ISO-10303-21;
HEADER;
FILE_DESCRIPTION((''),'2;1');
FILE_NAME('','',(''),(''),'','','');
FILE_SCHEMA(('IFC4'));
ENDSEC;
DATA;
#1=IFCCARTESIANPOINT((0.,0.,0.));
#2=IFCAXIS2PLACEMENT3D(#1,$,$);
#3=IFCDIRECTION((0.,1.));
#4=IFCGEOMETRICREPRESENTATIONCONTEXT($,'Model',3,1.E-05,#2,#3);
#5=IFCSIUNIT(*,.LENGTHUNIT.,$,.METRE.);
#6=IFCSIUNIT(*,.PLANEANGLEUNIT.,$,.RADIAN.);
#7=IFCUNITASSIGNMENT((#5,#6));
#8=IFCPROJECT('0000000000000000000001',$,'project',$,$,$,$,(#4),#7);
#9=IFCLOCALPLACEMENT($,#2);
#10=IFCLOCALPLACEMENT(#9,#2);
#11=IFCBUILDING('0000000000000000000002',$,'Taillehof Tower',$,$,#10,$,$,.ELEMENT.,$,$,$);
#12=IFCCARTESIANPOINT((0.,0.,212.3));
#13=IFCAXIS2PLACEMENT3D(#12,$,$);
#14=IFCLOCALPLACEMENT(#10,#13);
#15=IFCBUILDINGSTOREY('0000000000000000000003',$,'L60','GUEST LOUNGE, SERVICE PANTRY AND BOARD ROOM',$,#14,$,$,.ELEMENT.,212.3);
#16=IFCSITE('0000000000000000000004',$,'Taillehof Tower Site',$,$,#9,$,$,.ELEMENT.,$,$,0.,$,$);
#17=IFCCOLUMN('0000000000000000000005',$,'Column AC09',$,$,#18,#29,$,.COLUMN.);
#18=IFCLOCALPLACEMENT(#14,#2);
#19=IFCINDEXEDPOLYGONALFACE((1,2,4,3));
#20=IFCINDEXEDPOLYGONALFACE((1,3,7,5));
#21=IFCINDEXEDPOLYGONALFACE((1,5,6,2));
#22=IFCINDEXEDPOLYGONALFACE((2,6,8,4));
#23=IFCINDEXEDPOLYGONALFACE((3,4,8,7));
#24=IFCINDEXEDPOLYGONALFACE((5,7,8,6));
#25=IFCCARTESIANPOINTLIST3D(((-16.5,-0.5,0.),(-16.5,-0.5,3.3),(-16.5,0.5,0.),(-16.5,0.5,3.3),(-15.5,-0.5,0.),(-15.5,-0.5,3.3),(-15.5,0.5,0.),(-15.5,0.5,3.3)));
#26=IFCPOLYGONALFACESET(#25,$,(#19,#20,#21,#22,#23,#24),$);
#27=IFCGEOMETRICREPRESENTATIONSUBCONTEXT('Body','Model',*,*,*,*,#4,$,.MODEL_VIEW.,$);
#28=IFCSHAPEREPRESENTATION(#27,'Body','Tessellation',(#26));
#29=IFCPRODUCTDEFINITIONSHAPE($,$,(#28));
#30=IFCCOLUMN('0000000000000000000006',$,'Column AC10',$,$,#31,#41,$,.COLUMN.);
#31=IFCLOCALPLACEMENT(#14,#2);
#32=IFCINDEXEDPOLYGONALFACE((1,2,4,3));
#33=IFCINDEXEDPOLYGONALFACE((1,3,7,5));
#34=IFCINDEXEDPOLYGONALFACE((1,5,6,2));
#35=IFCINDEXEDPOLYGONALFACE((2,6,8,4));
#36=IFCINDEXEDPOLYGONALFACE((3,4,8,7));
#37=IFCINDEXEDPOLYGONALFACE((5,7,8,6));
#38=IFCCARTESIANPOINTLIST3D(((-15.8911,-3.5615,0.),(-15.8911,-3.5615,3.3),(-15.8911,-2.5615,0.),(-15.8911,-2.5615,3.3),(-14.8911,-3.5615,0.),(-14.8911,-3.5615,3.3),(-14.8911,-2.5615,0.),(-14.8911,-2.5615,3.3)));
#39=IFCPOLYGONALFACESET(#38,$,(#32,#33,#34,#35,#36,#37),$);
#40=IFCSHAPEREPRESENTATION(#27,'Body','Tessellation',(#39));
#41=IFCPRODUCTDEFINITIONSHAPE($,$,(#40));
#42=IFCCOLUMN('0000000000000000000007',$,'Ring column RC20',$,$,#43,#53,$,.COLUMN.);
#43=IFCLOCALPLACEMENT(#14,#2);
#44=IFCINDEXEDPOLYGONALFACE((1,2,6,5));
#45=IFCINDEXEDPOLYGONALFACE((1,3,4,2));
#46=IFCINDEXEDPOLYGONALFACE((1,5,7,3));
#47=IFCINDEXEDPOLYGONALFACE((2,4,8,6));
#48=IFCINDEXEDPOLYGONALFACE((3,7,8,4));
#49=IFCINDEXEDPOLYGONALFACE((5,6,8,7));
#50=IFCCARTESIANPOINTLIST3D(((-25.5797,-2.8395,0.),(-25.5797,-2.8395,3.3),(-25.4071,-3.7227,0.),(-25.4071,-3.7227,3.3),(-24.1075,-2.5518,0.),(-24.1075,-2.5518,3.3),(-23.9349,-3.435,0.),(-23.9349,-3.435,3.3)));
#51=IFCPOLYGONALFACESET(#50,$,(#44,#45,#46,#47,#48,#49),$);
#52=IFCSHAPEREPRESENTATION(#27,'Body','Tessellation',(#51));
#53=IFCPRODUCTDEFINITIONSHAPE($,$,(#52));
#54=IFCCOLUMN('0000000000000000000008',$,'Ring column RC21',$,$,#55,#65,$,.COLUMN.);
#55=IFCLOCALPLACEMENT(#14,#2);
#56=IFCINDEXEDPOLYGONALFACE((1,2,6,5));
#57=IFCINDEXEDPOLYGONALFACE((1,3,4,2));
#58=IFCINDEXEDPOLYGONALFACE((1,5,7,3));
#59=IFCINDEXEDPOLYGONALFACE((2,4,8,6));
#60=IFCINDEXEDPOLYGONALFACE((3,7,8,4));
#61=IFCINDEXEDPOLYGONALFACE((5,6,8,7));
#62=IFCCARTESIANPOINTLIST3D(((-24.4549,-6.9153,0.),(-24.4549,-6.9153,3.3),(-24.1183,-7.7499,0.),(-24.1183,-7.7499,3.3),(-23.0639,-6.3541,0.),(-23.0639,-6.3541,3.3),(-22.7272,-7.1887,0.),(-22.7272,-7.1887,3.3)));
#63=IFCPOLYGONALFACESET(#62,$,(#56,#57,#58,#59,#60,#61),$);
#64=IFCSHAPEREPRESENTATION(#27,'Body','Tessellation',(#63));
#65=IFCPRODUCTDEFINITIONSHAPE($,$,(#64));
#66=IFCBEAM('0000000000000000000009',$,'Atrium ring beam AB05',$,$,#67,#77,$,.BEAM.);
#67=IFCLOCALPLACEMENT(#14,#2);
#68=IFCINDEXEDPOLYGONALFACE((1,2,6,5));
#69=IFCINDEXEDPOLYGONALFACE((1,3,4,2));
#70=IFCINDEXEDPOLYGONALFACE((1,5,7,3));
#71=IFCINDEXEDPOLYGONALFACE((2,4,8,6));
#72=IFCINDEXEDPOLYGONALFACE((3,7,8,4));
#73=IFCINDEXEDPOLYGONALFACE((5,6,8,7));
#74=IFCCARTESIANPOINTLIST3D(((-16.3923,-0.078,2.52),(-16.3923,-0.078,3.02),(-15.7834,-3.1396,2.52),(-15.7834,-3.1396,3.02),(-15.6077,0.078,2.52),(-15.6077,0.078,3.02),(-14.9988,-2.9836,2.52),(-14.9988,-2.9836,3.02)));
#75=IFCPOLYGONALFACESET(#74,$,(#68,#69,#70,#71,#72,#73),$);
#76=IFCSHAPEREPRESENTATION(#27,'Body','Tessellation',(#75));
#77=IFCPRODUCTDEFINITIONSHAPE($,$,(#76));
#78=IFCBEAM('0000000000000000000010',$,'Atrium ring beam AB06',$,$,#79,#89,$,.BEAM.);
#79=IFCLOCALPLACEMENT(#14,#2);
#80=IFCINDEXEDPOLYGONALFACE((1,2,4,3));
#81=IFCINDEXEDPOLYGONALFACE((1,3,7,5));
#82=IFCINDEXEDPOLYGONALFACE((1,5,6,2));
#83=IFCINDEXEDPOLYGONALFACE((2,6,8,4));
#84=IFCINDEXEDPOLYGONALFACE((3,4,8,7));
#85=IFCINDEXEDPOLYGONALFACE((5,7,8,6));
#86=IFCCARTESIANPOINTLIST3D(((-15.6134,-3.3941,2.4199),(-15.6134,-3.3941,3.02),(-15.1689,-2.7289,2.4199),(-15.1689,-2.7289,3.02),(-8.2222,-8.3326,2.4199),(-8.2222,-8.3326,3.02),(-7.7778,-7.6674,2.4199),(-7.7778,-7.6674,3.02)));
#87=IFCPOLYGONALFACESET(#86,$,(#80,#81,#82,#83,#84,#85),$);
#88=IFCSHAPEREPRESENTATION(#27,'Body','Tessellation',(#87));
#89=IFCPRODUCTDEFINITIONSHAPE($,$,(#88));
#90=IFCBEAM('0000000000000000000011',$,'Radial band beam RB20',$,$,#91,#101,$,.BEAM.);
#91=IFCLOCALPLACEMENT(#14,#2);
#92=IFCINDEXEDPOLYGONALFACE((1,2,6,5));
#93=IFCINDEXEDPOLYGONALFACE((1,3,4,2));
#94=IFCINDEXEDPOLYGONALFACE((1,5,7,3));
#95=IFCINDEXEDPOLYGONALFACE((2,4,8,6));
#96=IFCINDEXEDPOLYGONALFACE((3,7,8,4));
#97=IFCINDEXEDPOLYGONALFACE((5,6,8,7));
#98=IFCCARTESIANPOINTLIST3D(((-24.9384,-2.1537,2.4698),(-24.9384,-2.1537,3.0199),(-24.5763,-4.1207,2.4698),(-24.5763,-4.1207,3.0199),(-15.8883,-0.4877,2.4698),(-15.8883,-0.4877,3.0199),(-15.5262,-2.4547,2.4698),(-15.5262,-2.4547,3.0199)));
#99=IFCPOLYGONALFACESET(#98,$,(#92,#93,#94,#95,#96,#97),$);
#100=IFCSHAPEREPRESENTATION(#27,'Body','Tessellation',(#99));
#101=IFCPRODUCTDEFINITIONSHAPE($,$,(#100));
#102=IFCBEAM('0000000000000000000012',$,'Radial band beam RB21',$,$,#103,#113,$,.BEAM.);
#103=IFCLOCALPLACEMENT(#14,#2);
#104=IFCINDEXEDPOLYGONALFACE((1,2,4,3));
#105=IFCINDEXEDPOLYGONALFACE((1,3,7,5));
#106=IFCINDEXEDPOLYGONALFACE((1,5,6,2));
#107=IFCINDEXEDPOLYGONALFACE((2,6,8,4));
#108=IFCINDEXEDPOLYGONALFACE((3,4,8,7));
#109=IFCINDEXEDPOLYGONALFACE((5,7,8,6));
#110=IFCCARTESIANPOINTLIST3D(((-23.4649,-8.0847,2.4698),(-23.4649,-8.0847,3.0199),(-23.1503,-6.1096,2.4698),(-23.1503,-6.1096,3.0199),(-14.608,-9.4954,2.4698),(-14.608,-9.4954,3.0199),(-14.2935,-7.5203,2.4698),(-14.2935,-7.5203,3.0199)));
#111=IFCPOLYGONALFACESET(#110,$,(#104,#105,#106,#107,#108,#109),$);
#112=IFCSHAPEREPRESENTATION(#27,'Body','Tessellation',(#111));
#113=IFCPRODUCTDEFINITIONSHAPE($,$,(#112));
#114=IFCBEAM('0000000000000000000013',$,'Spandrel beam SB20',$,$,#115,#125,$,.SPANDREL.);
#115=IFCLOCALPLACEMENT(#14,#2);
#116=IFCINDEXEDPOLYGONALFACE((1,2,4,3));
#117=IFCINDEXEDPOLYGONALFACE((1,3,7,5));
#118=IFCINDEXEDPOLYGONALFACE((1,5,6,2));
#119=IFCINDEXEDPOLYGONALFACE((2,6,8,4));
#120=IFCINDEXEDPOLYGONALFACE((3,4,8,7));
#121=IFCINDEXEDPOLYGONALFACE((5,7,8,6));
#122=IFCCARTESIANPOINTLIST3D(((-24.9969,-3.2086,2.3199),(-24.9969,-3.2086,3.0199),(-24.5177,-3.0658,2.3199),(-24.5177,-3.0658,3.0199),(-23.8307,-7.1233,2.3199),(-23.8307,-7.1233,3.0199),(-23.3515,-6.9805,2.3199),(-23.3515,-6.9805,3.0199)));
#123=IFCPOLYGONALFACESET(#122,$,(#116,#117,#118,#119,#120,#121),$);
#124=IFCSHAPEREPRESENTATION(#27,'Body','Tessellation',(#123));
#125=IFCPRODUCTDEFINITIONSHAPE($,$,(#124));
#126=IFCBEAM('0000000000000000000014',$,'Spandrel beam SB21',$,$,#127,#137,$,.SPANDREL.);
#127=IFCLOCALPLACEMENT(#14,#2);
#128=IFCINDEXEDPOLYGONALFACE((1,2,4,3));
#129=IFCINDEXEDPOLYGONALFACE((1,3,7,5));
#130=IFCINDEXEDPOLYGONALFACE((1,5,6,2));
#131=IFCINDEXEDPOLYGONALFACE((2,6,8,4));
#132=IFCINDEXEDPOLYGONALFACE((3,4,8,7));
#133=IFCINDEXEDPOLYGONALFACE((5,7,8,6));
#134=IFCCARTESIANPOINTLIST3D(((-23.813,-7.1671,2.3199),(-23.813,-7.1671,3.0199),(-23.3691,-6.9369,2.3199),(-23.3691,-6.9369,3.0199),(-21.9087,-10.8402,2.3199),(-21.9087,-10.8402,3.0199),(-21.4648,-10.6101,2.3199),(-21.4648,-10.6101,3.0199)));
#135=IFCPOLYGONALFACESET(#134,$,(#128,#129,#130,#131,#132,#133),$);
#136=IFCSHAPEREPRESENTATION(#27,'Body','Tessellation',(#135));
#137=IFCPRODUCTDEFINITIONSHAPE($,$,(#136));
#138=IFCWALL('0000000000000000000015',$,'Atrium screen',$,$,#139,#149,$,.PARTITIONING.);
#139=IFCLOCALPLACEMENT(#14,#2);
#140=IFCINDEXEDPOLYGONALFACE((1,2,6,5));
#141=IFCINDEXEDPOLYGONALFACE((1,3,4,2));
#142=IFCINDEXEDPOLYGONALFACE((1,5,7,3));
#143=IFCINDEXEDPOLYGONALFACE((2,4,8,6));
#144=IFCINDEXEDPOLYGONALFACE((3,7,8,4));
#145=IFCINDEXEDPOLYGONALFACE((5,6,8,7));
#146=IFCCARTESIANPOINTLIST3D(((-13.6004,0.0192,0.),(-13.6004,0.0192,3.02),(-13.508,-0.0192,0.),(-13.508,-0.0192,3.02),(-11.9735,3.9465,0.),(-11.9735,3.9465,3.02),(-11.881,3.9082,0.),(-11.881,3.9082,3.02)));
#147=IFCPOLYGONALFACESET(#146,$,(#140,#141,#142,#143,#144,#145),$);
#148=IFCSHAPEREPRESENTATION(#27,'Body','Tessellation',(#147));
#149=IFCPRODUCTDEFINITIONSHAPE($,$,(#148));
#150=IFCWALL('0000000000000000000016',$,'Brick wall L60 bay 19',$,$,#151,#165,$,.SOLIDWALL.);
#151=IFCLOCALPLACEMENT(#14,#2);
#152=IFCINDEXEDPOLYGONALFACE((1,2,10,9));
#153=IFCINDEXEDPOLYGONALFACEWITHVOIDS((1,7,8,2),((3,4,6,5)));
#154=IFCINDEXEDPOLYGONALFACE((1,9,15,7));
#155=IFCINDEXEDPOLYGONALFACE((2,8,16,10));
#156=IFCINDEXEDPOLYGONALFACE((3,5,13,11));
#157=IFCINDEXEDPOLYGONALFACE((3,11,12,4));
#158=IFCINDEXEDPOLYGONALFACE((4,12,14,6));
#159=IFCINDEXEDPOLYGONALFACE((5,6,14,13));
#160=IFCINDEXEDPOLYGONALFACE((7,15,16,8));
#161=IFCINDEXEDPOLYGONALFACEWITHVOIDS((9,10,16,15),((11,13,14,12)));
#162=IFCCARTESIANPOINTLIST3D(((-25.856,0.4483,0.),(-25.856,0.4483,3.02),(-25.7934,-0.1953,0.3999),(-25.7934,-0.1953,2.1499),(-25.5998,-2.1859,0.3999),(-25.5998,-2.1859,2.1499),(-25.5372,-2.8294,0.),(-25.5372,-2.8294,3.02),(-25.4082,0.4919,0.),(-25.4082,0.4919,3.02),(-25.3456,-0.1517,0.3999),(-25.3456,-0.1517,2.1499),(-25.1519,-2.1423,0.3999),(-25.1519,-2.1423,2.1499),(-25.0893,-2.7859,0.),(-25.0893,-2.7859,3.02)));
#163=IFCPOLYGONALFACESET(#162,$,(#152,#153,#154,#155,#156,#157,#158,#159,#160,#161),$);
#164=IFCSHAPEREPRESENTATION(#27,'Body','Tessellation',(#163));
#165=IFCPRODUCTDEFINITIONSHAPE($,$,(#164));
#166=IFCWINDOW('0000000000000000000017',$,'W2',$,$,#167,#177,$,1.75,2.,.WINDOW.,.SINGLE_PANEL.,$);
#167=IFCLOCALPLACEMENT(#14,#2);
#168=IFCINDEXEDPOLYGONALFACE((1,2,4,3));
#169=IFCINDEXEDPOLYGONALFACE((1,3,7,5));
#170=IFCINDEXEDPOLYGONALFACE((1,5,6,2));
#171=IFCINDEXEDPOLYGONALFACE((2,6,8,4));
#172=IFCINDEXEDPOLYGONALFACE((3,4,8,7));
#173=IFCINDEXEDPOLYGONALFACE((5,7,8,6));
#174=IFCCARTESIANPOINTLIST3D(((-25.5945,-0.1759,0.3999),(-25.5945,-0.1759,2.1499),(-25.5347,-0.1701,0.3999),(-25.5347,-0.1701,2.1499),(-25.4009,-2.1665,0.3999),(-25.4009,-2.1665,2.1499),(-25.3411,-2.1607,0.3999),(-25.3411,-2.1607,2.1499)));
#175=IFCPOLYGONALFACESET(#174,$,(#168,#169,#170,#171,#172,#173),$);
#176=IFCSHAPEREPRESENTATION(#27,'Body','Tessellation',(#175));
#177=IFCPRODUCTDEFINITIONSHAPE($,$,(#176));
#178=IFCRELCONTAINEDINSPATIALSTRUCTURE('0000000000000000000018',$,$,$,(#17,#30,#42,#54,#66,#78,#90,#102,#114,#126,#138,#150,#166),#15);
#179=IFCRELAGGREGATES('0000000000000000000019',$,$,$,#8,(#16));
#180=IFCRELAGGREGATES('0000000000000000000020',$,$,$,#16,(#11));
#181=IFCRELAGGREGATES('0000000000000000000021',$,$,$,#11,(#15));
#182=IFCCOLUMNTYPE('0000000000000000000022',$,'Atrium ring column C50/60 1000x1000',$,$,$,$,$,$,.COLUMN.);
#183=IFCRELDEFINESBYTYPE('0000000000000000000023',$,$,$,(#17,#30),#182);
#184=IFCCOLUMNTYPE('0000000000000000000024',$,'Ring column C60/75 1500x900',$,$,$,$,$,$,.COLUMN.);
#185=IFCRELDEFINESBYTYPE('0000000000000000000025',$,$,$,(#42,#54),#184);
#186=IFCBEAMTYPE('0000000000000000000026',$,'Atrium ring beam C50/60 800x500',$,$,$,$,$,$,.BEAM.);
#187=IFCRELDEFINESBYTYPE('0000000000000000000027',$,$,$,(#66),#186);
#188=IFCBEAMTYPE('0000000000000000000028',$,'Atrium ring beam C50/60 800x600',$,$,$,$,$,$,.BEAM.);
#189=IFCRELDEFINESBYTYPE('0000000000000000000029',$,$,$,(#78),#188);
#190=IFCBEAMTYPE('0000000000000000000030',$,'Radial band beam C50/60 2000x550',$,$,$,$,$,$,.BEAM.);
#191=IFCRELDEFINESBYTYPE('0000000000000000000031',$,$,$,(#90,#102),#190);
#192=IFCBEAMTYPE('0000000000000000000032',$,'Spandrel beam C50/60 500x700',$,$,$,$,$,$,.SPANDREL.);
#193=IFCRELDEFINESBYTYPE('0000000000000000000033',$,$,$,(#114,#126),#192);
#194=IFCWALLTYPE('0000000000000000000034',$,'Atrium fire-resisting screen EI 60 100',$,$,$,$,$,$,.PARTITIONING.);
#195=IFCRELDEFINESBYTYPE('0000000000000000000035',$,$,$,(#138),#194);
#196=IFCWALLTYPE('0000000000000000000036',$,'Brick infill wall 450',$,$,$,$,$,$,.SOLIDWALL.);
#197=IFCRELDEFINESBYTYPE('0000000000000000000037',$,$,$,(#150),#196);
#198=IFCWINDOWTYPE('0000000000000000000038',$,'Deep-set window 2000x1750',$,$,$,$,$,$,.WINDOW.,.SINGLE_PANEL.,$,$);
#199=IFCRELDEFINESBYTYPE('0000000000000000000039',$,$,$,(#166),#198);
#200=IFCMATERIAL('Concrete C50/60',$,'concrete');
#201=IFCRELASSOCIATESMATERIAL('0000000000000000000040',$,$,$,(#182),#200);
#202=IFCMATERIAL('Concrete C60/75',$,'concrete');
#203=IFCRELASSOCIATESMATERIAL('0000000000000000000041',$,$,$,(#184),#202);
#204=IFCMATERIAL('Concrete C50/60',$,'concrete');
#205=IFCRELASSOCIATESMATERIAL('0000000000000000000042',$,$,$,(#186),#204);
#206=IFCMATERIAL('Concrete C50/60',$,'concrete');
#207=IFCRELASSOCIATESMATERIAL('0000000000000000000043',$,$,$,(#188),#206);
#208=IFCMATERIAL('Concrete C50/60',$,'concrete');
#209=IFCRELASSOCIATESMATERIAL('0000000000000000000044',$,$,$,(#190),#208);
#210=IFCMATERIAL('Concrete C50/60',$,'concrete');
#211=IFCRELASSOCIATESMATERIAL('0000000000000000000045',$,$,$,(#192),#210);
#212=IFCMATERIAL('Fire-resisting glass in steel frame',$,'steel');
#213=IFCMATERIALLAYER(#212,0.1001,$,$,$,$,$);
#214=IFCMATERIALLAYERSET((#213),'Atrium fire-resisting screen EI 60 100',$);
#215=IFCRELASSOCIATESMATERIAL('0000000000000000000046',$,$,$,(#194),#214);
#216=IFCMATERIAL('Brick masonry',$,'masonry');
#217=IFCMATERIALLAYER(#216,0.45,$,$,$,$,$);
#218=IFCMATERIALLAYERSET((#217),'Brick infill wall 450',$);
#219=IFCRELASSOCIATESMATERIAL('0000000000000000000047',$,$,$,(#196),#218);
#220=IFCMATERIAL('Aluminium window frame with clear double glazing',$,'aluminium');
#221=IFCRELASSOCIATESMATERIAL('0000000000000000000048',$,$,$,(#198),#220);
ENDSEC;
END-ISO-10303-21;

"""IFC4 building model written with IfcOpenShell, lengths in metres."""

from ifc_helpers import new_model, si_unit, direction, frame, frame_2d, origin, origin_2d, place, context, subcontext, project, spatial, rectangle, extrude, material, layer, layer_set, material_profile, profile_set, type_object, element, fill, save


model = new_model("IFC4")

# Units and contexts
model_context = context("Model", 3, precision=1e-05, world=origin(), true_north=direction((0.0, 1.0)))
body_context = subcontext(model_context, "Body", "Model", "MODEL_VIEW")
ifc_project = project(units=[si_unit("LENGTHUNIT", "METRE"), si_unit("PLANEANGLEUNIT", "RADIAN")], contexts=[model_context])

# Site, building, storey
site_placement = place(None, origin())
site = spatial("IfcSite", under=ifc_project, at=site_placement, Name="Taillehof Tower Site", CompositionType="ELEMENT", RefElevation=0.0)
building_placement = place(site_placement, origin())
building = spatial("IfcBuilding", under=site, at=building_placement, Name="Taillehof Tower", CompositionType="ELEMENT")
storey_placement = place(building_placement, frame((0.0, 0.0, 212.3)))
storey = spatial("IfcBuildingStorey", under=building, at=storey_placement, Name="L60", Description="GUEST LOUNGE, SERVICE PANTRY AND BOARD ROOM", CompositionType="ELEMENT", Elevation=212.3)

# Columns
ifc_material_1 = material(Name="Concrete C50/60", Category="concrete")
ifc_material_profile_1 = material_profile(ifc_material_1, rectangle(XDim=1.0, YDim=1.0, at=origin_2d()), Name="RC 1000x1000")
ifc_profile_set_1 = profile_set([ifc_material_profile_1], Name="Concrete C50/60")
column_type_1 = type_object("IfcColumnType", Name="Atrium ring column C50/60 1000x1000", PredefinedType="COLUMN", material=ifc_profile_set_1)
for number, where, z_axis, x_axis, name in (
    (1, (-16.0, 0.0, 0.0), (0.0, 0.0, 1.0), (1.0, 0.0, 0.0), "Column AC09"),
    (2, (-15.3911, -3.0615, 0.0), (0.0, 0.0, 1.0), (1.0, 0.0, 0.0), "Column AC10"),
):
    element("IfcColumn", number, at=place(storey_placement, frame(where, z_axis=z_axis, x_axis=x_axis)), inside=storey, type_object=column_type_1, Name=name, PredefinedType="COLUMN", context=body_context, shape_type="SweptSolid", body=[
        extrude(rectangle(XDim=1.0, YDim=1.0, at=origin_2d()), origin(), (0.0, 0.0, 1.0), 3.3),
    ])
ifc_material_2 = material(Name="Concrete C60/75", Category="concrete")
ifc_material_profile_2 = material_profile(ifc_material_2, rectangle(XDim=1.5, YDim=0.8999, at=origin_2d()), Name="RC 1500x900")
ifc_profile_set_2 = profile_set([ifc_material_profile_2], Name="Concrete C60/75")
column_type_2 = type_object("IfcColumnType", Name="Ring column C60/75 1500x900", PredefinedType="COLUMN", material=ifc_profile_set_2)
for number, where, z_axis, x_axis, name in (
    (3, (-24.7573, -3.1372, 0.0), (0.0, 0.0, 1.0), (-0.981434, -0.191801, 0.0), "Ring column RC20"),
    (4, (-23.5911, -7.052, 0.0), (0.0, 0.0, 1.0), (-0.927385, -0.374108, 0.0), "Ring column RC21"),
):
    element("IfcColumn", number, at=place(storey_placement, frame(where, z_axis=z_axis, x_axis=x_axis)), inside=storey, type_object=column_type_2, Name=name, PredefinedType="COLUMN", context=body_context, shape_type="SweptSolid", body=[
        extrude(rectangle(XDim=1.5, YDim=0.8999, at=origin_2d()), origin(), (0.0, 0.0, 1.0), 3.3),
    ])

# Beams
ifc_material_3 = material(Name="Concrete C50/60", Category="concrete")
ifc_material_profile_3 = material_profile(ifc_material_3, rectangle(XDim=0.8, YDim=0.5, at=origin_2d()), Name="RC 800x500")
ifc_profile_set_3 = profile_set([ifc_material_profile_3], Name="Concrete C50/60")
beam_type_1 = type_object("IfcBeamType", Name="Atrium ring beam C50/60 800x500", PredefinedType="BEAM", material=ifc_profile_set_3)
beam_1_placement = place(storey_placement, frame((-16.0, 0.0, 2.77), z_axis=(0.195063, -0.980791, 0.0), x_axis=(0.980791, 0.195063, 0.0)))
element("IfcBeam", 5, at=beam_1_placement, inside=storey, type_object=beam_type_1, Name="Atrium ring beam AB05", PredefinedType="BEAM", context=body_context, shape_type="SweptSolid", body=[
    extrude(rectangle(XDim=0.8, YDim=0.5, at=origin_2d()), origin(), (0.0, 0.0, 1.0), 3.1216),
])
ifc_material_4 = material(Name="Concrete C50/60", Category="concrete")
ifc_material_profile_4 = material_profile(ifc_material_4, rectangle(XDim=0.8, YDim=0.6001, at=origin_2d()), Name="RC 800x600")
ifc_profile_set_4 = profile_set([ifc_material_profile_4], Name="Concrete C50/60")
beam_type_2 = type_object("IfcBeamType", Name="Atrium ring beam C50/60 800x600", PredefinedType="BEAM", material=ifc_profile_set_4)
beam_2_placement = place(storey_placement, frame((-15.3911, -3.0615, 2.72), z_axis=(0.831475, -0.555562, 0.0), x_axis=(0.555562, 0.831475, 0.0)))
element("IfcBeam", 6, at=beam_2_placement, inside=storey, type_object=beam_type_2, Name="Atrium ring beam AB06", PredefinedType="BEAM", context=body_context, shape_type="SweptSolid", body=[
    extrude(rectangle(XDim=0.8, YDim=0.6001, at=origin_2d()), origin(), (0.0, 0.0, 1.0), 8.8892),
])
ifc_material_5 = material(Name="Concrete C50/60", Category="concrete")
ifc_material_profile_5 = material_profile(ifc_material_5, rectangle(XDim=2.0, YDim=0.55, at=origin_2d()), Name="RC 2000x550")
ifc_profile_set_5 = profile_set([ifc_material_profile_5], Name="Concrete C50/60")
beam_type_3 = type_object("IfcBeamType", Name="Radial band beam C50/60 2000x550", PredefinedType="BEAM", material=ifc_profile_set_5)
beam_3_placement = place(storey_placement, frame((-24.7573, -3.1372, 2.7449), z_axis=(0.983474, 0.181047, 0.0), x_axis=(-0.181047, 0.983474, 0.0)))
element("IfcBeam", 7, at=beam_3_placement, inside=storey, type_object=beam_type_3, Name="Radial band beam RB20", PredefinedType="BEAM", context=body_context, shape_type="SweptSolid", body=[
    extrude(rectangle(XDim=2.0, YDim=0.55, at=origin_2d()), origin(), (0.0, 0.0, 1.0), 9.2021),
])
beam_4_placement = place(storey_placement, frame((-23.3076, -7.0972, 2.7449), z_axis=(0.987553, -0.157288, 0.0), x_axis=(0.157288, 0.987553, 0.0)))
element("IfcBeam", 8, at=beam_4_placement, inside=storey, type_object=beam_type_3, Name="Radial band beam RB21", PredefinedType="BEAM", context=body_context, shape_type="SweptSolid", body=[
    extrude(rectangle(XDim=2.0, YDim=0.55, at=origin_2d()), origin(), (0.0, 0.0, 1.0), 8.9685),
])
ifc_material_6 = material(Name="Concrete C50/60", Category="concrete")
ifc_material_profile_6 = material_profile(ifc_material_6, rectangle(XDim=0.5, YDim=0.7, at=origin_2d()), Name="RC 500x700")
ifc_profile_set_6 = profile_set([ifc_material_profile_6], Name="Concrete C50/60")
beam_type_4 = type_object("IfcBeamType", Name="Spandrel beam C50/60 500x700", PredefinedType="SPANDREL", material=ifc_profile_set_6)
beam_5_placement = place(storey_placement, frame((-24.7573, -3.1372, 2.6699), z_axis=(0.28551, -0.958376, 0.0), x_axis=(0.958376, 0.28551, 0.0)))
element("IfcBeam", 9, at=beam_5_placement, inside=storey, type_object=beam_type_4, Name="Spandrel beam SB20", PredefinedType="SPANDREL", context=body_context, shape_type="SweptSolid", body=[
    extrude(rectangle(XDim=0.5, YDim=0.7, at=origin_2d()), origin(), (0.0, 0.0, 1.0), 4.0847),
])
beam_6_placement = place(storey_placement, frame((-23.5911, -7.052, 2.6699), z_axis=(0.460265, -0.887781, 0.0), x_axis=(0.887781, 0.460265, 0.0)))
element("IfcBeam", 10, at=beam_6_placement, inside=storey, type_object=beam_type_4, Name="Spandrel beam SB21", PredefinedType="SPANDREL", context=body_context, shape_type="SweptSolid", body=[
    extrude(rectangle(XDim=0.5, YDim=0.7, at=origin_2d()), origin(), (0.0, 0.0, 1.0), 4.1375),
])

# Wall
ifc_material_7 = material(Name="Fire-resisting glass in steel frame", Category="steel")
ifc_layer_1 = layer(ifc_material_7, 0.1001)
ifc_layer_set_1 = layer_set([ifc_layer_1], Name="Atrium fire-resisting screen EI 60 100")
wall_type_1 = type_object("IfcWallType", Name="Atrium fire-resisting screen EI 60 100", PredefinedType="PARTITIONING", material=ifc_layer_set_1)
wall_1_placement = place(storey_placement, frame((-13.5542, 0.0, 0.0), z_axis=(0.0, 0.0, 1.0), x_axis=(0.382731, 0.92386, 0.0)))
element("IfcWall", 11, at=wall_1_placement, inside=storey, type_object=wall_type_1, Name="Atrium screen", PredefinedType="PARTITIONING", context=body_context, shape_type="SweptSolid", body=[
    extrude(rectangle(XDim=4.251, YDim=0.1001, at=frame_2d((2.1255, 0.0))), origin(), (0.0, 0.0, 1.0), 3.02),
])

# Wall, opening, window
ifc_material_8 = material(Name="Brick masonry", Category="masonry")
ifc_layer_2 = layer(ifc_material_8, 0.45)
ifc_layer_set_2 = layer_set([ifc_layer_2], Name="Brick infill wall 450")
wall_type_2 = type_object("IfcWallType", Name="Brick infill wall 450", PredefinedType="SOLIDWALL", material=ifc_layer_set_2)
wall_2_placement = place(storey_placement, frame((-25.6321, 0.47, 0.0), z_axis=(0.0, 0.0, 1.0), x_axis=(0.096817, -0.995302, 0.0)))
wall_2 = element("IfcWall", 12, at=wall_2_placement, inside=storey, type_object=wall_type_2, Name="Brick wall L60 bay 19", PredefinedType="SOLIDWALL", context=body_context, shape_type="SweptSolid", body=[
    extrude(rectangle(XDim=3.2932, YDim=0.45, at=frame_2d((1.6465, 0.0))), origin(), (0.0, 0.0, 1.0), 3.02),
])
opening_1_placement = place(wall_2_placement, frame((0.6465, 0.0, 0.3999)))
opening_1 = element("IfcOpeningElement", 13, at=opening_1_placement, cuts=wall_2, PredefinedType="OPENING", context=body_context, shape_type="SweptSolid", body=[
    extrude(rectangle(XDim=2.0, YDim=1.75, at=frame_2d((1.0, 0.875))), frame((0.0, 0.2349, 0.0), z_axis=(0.0, -1.0, 0.0), x_axis=(1.0, 0.0, 0.0)), (0.0, 0.0, 1.0), 0.47),
])
ifc_material_9 = material(Name="Aluminium window frame with clear double glazing", Category="aluminium")
window_type = type_object("IfcWindowType", Name="Deep-set window 2000x1750", PartitioningType="SINGLE_PANEL", PredefinedType="WINDOW", material=ifc_material_9)
window_1_placement = place(opening_1_placement, origin())
window_1 = element("IfcWindow", 14, at=window_1_placement, inside=storey, type_object=window_type, Name="W2", OverallHeight=1.75, OverallWidth=2.0, PartitioningType="SINGLE_PANEL", PredefinedType="WINDOW", context=body_context, shape_type="SweptSolid", body=[
    extrude(rectangle(XDim=2.0, YDim=1.75, at=frame_2d((1.0, 0.875))), frame((0.0, 0.0349, 0.0), z_axis=(0.0, -1.0, 0.0), x_axis=(1.0, 0.0, 0.0)), (0.0, 0.0, 1.0), 0.0601),
])
fill(opening_1, window_1)

save(model, "model.ifc")
